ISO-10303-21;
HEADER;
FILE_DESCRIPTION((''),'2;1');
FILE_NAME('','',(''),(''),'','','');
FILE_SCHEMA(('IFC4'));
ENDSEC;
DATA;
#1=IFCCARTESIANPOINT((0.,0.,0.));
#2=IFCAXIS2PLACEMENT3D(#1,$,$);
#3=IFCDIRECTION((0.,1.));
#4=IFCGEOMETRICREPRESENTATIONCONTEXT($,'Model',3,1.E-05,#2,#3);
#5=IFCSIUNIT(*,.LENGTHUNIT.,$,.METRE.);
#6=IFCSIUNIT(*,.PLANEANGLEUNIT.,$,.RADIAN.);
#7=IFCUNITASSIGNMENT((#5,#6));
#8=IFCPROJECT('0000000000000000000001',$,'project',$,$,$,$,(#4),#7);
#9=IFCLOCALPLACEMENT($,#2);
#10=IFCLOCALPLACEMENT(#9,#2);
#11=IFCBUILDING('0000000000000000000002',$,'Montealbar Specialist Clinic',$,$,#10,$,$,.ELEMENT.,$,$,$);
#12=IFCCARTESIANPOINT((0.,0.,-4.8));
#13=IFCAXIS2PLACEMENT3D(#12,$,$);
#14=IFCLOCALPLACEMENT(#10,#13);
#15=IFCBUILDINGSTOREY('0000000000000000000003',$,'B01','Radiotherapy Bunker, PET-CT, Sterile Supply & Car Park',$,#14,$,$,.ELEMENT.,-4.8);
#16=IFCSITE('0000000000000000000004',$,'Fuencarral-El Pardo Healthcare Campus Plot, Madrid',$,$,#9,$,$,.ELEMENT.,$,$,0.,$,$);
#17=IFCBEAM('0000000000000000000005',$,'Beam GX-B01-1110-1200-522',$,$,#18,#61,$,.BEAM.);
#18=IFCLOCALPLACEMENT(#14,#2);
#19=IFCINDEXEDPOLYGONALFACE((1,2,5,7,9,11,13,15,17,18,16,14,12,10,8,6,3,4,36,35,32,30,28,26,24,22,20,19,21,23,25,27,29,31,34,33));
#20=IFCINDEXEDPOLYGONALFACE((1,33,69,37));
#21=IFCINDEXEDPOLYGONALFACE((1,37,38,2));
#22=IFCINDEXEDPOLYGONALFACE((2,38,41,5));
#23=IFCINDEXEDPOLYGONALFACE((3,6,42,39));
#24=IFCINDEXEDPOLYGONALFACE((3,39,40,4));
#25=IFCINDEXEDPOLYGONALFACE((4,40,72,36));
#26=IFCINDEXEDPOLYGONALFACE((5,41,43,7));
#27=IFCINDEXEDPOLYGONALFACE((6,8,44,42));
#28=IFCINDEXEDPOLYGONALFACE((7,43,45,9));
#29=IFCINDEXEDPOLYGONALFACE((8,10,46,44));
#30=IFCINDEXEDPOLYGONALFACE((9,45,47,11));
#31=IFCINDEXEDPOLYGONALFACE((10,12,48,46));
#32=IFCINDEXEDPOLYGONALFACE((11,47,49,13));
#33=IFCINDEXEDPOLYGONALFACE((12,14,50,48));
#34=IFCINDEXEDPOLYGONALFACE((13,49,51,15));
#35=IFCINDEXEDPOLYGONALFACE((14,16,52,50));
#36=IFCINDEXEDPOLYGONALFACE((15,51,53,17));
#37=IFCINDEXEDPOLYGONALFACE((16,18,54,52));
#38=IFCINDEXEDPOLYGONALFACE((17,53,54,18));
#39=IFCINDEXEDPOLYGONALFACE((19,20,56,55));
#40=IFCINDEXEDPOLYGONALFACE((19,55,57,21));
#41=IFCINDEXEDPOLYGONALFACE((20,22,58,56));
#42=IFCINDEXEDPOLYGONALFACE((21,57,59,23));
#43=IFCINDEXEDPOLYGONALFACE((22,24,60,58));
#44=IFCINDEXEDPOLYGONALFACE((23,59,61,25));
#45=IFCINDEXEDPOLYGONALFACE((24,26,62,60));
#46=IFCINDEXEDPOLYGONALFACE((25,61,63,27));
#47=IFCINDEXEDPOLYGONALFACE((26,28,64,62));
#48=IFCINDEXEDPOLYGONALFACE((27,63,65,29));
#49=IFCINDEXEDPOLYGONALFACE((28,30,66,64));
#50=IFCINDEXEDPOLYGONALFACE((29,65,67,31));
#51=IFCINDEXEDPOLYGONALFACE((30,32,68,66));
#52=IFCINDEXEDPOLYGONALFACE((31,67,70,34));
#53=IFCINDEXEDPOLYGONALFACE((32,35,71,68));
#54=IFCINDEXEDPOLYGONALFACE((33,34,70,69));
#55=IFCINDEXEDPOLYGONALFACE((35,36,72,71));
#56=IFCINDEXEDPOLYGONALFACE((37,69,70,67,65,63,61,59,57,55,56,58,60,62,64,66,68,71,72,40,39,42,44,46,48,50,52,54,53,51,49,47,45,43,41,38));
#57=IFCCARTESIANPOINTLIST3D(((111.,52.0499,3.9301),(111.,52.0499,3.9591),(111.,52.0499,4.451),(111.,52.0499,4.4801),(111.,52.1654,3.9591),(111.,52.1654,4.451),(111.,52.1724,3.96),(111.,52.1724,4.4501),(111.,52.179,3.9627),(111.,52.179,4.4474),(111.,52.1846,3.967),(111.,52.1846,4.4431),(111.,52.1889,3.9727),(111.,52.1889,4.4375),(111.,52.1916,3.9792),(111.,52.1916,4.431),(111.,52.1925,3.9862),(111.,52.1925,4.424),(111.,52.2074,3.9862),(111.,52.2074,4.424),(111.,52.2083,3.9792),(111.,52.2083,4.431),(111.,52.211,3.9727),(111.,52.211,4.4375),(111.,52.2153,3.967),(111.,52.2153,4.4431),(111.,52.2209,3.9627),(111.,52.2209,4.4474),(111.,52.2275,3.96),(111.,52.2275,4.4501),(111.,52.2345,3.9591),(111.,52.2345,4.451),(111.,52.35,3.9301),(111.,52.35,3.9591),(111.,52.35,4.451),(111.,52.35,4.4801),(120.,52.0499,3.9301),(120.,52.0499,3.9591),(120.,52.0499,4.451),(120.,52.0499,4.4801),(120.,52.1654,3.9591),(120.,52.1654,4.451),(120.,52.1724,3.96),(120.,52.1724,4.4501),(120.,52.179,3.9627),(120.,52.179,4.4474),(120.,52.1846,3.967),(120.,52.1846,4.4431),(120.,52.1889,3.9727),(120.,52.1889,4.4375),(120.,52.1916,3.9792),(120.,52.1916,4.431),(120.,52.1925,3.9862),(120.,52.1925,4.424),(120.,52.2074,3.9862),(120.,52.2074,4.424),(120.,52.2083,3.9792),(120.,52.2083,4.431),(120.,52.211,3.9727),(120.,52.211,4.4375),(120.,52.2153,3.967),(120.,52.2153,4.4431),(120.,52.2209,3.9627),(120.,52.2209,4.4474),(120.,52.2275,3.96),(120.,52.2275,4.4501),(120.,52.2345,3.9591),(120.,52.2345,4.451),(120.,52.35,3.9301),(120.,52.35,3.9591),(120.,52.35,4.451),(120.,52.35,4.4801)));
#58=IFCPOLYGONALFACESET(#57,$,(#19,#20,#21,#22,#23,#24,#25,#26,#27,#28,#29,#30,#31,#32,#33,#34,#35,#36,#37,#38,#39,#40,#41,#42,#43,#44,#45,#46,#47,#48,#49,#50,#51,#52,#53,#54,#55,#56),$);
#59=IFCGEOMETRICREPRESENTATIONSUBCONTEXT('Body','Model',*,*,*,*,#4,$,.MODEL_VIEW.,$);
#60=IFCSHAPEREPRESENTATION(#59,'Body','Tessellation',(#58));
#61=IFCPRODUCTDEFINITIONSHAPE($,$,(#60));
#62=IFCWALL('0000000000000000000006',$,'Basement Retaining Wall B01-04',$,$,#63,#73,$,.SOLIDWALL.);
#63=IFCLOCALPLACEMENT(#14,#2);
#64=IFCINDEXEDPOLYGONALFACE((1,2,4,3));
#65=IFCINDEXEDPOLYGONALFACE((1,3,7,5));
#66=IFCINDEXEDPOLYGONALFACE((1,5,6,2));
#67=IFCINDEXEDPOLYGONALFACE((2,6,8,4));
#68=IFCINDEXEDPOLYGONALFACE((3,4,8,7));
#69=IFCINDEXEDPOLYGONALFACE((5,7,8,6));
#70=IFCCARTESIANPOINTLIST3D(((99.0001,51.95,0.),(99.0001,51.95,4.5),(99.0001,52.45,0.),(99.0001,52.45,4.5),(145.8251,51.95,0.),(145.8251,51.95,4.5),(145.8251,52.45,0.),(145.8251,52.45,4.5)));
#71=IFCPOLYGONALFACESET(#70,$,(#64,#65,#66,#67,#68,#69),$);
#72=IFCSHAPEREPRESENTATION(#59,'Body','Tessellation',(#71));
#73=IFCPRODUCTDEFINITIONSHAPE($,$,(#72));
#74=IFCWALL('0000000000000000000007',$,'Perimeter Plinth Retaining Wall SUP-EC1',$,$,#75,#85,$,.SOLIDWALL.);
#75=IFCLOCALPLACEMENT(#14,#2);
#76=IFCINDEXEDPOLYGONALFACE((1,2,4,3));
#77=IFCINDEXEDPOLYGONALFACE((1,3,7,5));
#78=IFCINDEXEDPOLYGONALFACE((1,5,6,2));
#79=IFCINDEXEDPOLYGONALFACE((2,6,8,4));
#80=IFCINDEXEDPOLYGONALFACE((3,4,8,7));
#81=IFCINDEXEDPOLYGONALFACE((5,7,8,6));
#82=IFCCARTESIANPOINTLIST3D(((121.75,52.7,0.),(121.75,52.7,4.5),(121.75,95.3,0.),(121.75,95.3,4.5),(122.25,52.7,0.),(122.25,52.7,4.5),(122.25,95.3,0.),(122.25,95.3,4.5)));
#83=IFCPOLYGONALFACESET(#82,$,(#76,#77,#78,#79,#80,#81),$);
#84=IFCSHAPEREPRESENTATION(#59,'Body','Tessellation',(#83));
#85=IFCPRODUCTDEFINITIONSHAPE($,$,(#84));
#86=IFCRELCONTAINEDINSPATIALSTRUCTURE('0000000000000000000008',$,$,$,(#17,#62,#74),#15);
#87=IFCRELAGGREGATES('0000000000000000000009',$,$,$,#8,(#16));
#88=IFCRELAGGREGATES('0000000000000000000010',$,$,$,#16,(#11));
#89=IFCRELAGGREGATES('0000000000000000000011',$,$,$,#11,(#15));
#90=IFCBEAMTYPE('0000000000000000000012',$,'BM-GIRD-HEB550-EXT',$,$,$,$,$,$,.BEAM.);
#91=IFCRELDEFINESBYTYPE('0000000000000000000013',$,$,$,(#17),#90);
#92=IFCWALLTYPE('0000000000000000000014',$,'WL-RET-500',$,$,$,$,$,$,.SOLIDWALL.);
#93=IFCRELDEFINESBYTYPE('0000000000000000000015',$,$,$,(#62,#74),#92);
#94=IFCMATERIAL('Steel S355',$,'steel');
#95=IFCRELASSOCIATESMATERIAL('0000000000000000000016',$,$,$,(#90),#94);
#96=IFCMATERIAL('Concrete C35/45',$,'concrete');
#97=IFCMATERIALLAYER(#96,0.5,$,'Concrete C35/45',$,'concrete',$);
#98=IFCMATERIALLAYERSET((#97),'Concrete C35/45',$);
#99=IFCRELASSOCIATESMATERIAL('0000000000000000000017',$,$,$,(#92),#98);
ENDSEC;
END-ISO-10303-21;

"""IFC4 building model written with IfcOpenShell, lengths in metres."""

from ifc_helpers import new_model, si_unit, direction, frame, frame_2d, origin, origin_2d, place, context, subcontext, project, spatial, rectangle, i_section, extrude, material, layer, layer_set, material_profile, profile_set, type_object, element, save


model = new_model("IFC4")

# Units and contexts
model_context = context("Model", 3, precision=1e-05, world=origin(), true_north=direction((0.0, 1.0)))
body_context = subcontext(model_context, "Body", "Model", "MODEL_VIEW")
ifc_project = project(units=[si_unit("LENGTHUNIT", "METRE"), si_unit("PLANEANGLEUNIT", "RADIAN")], contexts=[model_context])

# Site, building, storey
site_placement = place(None, origin())
site = spatial("IfcSite", under=ifc_project, at=site_placement, Name="Fuencarral-El Pardo Healthcare Campus Plot, Madrid", CompositionType="ELEMENT", RefElevation=0.0)
building_placement = place(site_placement, origin())
building = spatial("IfcBuilding", under=site, at=building_placement, Name="Montealbar Specialist Clinic", CompositionType="ELEMENT")
storey_placement = place(building_placement, frame((0.0, 0.0, -4.8)))
storey = spatial("IfcBuildingStorey", under=building, at=storey_placement, Name="B01", Description="Radiotherapy Bunker, PET-CT, Sterile Supply & Car Park", CompositionType="ELEMENT", Elevation=-4.8)

# Shared definitions
ifc_material_1 = material(Name="Concrete C35/45", Category="concrete")

# Shared definitions
ifc_material_2 = material(Name="Steel S355", Category="steel")

# Beam
ifc_material_profile_1 = material_profile(ifc_material_2, i_section(OverallWidth=0.3, OverallDepth=0.55, WebThickness=0.0149, FlangeThickness=0.0291, FilletRadius=0.0271, at=origin_2d()), Name="HEB 550", Category="steel")
ifc_profile_set_1 = profile_set([ifc_material_profile_1], Name="Steel S355")
beam_type_1 = type_object("IfcBeamType", Name="BM-GIRD-HEB550-EXT", PredefinedType="BEAM", material=ifc_profile_set_1)
beam_1_placement = place(storey_placement, frame((111.0, 52.2, 4.2051), z_axis=(1.0, 0.0, 0.0), x_axis=(0.0, 1.0, 0.0)))
element("IfcBeam", 1, at=beam_1_placement, inside=storey, type_object=beam_type_1, Name="Beam GX-B01-1110-1200-522", PredefinedType="BEAM", context=body_context, shape_type="SweptSolid", body=[
    extrude(i_section(OverallWidth=0.3, OverallDepth=0.55, WebThickness=0.0149, FlangeThickness=0.0291, FilletRadius=0.0271, at=origin_2d()), origin(), (0.0, 0.0, 1.0), 9.0),
])

# Walls
ifc_layer = layer(ifc_material_1, 0.5, Name="Concrete C35/45", Category="concrete")
ifc_layer_set = layer_set([ifc_layer], Name="Concrete C35/45")
wall_type = type_object("IfcWallType", Name="WL-RET-500", PredefinedType="SOLIDWALL", material=ifc_layer_set)
wall_1_placement = place(storey_placement, frame((99.0, 52.2, 0.0), z_axis=(0.0, 0.0, 1.0), x_axis=(1.0, 0.0, 0.0)))
element("IfcWall", 2, at=wall_1_placement, inside=storey, type_object=wall_type, Name="Basement Retaining Wall B01-04", PredefinedType="SOLIDWALL", context=body_context, shape_type="SweptSolid", body=[
    extrude(rectangle(XDim=46.825, YDim=0.5, at=frame_2d((23.4126, 0.0))), origin(), (0.0, 0.0, 1.0), 4.5),
])
wall_2_placement = place(storey_placement, frame((122.0, 52.7, 0.0), z_axis=(0.0, 0.0, 1.0), x_axis=(0.0, 1.0, 0.0)))
element("IfcWall", 3, at=wall_2_placement, inside=storey, type_object=wall_type, Name="Perimeter Plinth Retaining Wall SUP-EC1", PredefinedType="SOLIDWALL", context=body_context, shape_type="SweptSolid", body=[
    extrude(rectangle(XDim=42.6001, YDim=0.5, at=frame_2d((21.3, 0.0))), origin(), (0.0, 0.0, 1.0), 4.5),
])

save(model, "model.ifc")
